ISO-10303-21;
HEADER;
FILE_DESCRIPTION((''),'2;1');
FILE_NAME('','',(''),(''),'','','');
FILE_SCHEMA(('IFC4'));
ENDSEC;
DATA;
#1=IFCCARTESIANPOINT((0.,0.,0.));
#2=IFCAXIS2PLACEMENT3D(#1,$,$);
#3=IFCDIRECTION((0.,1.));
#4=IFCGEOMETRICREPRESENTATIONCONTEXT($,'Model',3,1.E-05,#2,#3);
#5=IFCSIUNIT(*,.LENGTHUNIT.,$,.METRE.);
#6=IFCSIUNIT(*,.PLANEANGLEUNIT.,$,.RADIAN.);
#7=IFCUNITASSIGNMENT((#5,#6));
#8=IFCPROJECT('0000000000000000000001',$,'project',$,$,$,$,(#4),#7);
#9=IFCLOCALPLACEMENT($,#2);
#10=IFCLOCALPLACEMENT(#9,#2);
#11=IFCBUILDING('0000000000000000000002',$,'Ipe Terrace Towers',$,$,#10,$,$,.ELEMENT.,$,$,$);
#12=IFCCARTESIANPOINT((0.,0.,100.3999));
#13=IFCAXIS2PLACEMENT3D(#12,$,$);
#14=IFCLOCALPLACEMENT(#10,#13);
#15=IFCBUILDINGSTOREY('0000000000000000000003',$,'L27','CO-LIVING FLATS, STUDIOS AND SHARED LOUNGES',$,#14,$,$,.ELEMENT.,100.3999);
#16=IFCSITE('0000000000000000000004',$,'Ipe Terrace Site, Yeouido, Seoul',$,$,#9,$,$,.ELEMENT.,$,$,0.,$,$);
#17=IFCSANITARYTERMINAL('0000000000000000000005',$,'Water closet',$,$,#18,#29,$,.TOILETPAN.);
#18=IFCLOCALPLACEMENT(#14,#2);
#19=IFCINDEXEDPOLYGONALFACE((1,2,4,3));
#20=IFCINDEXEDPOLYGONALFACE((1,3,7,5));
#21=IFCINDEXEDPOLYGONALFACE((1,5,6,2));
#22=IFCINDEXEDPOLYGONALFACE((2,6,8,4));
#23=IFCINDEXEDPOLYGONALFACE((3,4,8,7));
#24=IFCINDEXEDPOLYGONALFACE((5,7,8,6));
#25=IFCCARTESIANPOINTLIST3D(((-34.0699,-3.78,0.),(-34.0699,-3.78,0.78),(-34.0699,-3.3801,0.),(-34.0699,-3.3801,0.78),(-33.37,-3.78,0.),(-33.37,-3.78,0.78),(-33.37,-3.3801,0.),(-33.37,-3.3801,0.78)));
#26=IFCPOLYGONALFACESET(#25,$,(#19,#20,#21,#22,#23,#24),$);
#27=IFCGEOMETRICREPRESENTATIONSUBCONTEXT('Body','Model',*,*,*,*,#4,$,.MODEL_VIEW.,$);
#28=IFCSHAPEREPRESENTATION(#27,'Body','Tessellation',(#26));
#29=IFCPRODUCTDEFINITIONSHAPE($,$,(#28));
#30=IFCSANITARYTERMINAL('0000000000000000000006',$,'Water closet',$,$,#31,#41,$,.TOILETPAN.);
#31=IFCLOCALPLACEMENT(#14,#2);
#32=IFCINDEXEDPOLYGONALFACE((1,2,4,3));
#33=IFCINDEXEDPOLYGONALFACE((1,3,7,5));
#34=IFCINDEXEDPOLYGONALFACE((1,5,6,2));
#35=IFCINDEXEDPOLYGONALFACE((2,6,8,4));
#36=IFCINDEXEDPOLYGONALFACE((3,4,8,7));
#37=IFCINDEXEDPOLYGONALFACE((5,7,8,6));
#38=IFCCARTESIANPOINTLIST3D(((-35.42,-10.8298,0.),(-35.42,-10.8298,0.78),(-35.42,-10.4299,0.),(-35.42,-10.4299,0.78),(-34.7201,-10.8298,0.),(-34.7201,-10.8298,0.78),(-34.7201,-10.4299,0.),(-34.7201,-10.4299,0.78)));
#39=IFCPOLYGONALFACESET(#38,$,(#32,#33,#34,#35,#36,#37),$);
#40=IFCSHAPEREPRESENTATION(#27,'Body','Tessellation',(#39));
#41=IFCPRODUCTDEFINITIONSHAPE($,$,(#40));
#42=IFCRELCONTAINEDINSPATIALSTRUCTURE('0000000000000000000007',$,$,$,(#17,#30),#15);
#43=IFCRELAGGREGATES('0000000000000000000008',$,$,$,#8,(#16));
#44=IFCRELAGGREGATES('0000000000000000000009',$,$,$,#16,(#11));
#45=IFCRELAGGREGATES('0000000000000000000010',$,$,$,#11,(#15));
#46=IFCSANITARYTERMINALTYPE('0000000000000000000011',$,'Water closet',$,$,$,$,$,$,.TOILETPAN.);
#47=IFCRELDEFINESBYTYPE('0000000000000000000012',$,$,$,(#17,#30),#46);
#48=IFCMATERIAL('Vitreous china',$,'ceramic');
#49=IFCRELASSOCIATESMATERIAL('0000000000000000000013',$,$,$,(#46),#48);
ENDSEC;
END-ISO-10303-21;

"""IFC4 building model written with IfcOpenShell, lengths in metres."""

from ifc_helpers import new_model, si_unit, direction, frame, origin, origin_2d, place, context, subcontext, project, spatial, rectangle, extrude, material, type_object, element, save


model = new_model("IFC4")

# Units and contexts
model_context = context("Model", 3, precision=1e-05, world=origin(), true_north=direction((0.0, 1.0)))
body_context = subcontext(model_context, "Body", "Model", "MODEL_VIEW")
ifc_project = project(units=[si_unit("LENGTHUNIT", "METRE"), si_unit("PLANEANGLEUNIT", "RADIAN")], contexts=[model_context])

# Site, building, storey
site_placement = place(None, origin())
site = spatial("IfcSite", under=ifc_project, at=site_placement, Name="Ipe Terrace Site, Yeouido, Seoul", CompositionType="ELEMENT", RefElevation=0.0)
building_placement = place(site_placement, origin())
building = spatial("IfcBuilding", under=site, at=building_placement, Name="Ipe Terrace Towers", CompositionType="ELEMENT")
storey_placement = place(building_placement, frame((0.0, 0.0, 100.3999)))
storey = spatial("IfcBuildingStorey", under=building, at=storey_placement, Name="L27", Description="CO-LIVING FLATS, STUDIOS AND SHARED LOUNGES", CompositionType="ELEMENT", Elevation=100.3999)

# Sanitary terminals
ifc_material_1 = material(Name="Vitreous china", Category="ceramic")
sanitary_terminal_type_1 = type_object("IfcSanitaryTerminalType", Name="Water closet", PredefinedType="TOILETPAN", material=ifc_material_1)
for number, where, z_axis, x_axis, name in (
    (1, (-33.72, -3.5801, 0.0), (0.0, 0.0, 1.0), (-1.0, 0.0, 0.0), "Water closet"),
    (2, (-35.0701, -10.6299, 0.0), (0.0, 0.0, 1.0), (-1.0, 0.0, 0.0), "Water closet"),
):
    element("IfcSanitaryTerminal", number, at=place(storey_placement, frame(where, z_axis=z_axis, x_axis=x_axis)), inside=storey, type_object=sanitary_terminal_type_1, Name=name, PredefinedType="TOILETPAN", context=body_context, shape_type="SweptSolid", body=[
        extrude(rectangle(XDim=0.7, YDim=0.3999, at=origin_2d()), origin(), (0.0, 0.0, 1.0), 0.78),
    ])

save(model, "model.ifc")
